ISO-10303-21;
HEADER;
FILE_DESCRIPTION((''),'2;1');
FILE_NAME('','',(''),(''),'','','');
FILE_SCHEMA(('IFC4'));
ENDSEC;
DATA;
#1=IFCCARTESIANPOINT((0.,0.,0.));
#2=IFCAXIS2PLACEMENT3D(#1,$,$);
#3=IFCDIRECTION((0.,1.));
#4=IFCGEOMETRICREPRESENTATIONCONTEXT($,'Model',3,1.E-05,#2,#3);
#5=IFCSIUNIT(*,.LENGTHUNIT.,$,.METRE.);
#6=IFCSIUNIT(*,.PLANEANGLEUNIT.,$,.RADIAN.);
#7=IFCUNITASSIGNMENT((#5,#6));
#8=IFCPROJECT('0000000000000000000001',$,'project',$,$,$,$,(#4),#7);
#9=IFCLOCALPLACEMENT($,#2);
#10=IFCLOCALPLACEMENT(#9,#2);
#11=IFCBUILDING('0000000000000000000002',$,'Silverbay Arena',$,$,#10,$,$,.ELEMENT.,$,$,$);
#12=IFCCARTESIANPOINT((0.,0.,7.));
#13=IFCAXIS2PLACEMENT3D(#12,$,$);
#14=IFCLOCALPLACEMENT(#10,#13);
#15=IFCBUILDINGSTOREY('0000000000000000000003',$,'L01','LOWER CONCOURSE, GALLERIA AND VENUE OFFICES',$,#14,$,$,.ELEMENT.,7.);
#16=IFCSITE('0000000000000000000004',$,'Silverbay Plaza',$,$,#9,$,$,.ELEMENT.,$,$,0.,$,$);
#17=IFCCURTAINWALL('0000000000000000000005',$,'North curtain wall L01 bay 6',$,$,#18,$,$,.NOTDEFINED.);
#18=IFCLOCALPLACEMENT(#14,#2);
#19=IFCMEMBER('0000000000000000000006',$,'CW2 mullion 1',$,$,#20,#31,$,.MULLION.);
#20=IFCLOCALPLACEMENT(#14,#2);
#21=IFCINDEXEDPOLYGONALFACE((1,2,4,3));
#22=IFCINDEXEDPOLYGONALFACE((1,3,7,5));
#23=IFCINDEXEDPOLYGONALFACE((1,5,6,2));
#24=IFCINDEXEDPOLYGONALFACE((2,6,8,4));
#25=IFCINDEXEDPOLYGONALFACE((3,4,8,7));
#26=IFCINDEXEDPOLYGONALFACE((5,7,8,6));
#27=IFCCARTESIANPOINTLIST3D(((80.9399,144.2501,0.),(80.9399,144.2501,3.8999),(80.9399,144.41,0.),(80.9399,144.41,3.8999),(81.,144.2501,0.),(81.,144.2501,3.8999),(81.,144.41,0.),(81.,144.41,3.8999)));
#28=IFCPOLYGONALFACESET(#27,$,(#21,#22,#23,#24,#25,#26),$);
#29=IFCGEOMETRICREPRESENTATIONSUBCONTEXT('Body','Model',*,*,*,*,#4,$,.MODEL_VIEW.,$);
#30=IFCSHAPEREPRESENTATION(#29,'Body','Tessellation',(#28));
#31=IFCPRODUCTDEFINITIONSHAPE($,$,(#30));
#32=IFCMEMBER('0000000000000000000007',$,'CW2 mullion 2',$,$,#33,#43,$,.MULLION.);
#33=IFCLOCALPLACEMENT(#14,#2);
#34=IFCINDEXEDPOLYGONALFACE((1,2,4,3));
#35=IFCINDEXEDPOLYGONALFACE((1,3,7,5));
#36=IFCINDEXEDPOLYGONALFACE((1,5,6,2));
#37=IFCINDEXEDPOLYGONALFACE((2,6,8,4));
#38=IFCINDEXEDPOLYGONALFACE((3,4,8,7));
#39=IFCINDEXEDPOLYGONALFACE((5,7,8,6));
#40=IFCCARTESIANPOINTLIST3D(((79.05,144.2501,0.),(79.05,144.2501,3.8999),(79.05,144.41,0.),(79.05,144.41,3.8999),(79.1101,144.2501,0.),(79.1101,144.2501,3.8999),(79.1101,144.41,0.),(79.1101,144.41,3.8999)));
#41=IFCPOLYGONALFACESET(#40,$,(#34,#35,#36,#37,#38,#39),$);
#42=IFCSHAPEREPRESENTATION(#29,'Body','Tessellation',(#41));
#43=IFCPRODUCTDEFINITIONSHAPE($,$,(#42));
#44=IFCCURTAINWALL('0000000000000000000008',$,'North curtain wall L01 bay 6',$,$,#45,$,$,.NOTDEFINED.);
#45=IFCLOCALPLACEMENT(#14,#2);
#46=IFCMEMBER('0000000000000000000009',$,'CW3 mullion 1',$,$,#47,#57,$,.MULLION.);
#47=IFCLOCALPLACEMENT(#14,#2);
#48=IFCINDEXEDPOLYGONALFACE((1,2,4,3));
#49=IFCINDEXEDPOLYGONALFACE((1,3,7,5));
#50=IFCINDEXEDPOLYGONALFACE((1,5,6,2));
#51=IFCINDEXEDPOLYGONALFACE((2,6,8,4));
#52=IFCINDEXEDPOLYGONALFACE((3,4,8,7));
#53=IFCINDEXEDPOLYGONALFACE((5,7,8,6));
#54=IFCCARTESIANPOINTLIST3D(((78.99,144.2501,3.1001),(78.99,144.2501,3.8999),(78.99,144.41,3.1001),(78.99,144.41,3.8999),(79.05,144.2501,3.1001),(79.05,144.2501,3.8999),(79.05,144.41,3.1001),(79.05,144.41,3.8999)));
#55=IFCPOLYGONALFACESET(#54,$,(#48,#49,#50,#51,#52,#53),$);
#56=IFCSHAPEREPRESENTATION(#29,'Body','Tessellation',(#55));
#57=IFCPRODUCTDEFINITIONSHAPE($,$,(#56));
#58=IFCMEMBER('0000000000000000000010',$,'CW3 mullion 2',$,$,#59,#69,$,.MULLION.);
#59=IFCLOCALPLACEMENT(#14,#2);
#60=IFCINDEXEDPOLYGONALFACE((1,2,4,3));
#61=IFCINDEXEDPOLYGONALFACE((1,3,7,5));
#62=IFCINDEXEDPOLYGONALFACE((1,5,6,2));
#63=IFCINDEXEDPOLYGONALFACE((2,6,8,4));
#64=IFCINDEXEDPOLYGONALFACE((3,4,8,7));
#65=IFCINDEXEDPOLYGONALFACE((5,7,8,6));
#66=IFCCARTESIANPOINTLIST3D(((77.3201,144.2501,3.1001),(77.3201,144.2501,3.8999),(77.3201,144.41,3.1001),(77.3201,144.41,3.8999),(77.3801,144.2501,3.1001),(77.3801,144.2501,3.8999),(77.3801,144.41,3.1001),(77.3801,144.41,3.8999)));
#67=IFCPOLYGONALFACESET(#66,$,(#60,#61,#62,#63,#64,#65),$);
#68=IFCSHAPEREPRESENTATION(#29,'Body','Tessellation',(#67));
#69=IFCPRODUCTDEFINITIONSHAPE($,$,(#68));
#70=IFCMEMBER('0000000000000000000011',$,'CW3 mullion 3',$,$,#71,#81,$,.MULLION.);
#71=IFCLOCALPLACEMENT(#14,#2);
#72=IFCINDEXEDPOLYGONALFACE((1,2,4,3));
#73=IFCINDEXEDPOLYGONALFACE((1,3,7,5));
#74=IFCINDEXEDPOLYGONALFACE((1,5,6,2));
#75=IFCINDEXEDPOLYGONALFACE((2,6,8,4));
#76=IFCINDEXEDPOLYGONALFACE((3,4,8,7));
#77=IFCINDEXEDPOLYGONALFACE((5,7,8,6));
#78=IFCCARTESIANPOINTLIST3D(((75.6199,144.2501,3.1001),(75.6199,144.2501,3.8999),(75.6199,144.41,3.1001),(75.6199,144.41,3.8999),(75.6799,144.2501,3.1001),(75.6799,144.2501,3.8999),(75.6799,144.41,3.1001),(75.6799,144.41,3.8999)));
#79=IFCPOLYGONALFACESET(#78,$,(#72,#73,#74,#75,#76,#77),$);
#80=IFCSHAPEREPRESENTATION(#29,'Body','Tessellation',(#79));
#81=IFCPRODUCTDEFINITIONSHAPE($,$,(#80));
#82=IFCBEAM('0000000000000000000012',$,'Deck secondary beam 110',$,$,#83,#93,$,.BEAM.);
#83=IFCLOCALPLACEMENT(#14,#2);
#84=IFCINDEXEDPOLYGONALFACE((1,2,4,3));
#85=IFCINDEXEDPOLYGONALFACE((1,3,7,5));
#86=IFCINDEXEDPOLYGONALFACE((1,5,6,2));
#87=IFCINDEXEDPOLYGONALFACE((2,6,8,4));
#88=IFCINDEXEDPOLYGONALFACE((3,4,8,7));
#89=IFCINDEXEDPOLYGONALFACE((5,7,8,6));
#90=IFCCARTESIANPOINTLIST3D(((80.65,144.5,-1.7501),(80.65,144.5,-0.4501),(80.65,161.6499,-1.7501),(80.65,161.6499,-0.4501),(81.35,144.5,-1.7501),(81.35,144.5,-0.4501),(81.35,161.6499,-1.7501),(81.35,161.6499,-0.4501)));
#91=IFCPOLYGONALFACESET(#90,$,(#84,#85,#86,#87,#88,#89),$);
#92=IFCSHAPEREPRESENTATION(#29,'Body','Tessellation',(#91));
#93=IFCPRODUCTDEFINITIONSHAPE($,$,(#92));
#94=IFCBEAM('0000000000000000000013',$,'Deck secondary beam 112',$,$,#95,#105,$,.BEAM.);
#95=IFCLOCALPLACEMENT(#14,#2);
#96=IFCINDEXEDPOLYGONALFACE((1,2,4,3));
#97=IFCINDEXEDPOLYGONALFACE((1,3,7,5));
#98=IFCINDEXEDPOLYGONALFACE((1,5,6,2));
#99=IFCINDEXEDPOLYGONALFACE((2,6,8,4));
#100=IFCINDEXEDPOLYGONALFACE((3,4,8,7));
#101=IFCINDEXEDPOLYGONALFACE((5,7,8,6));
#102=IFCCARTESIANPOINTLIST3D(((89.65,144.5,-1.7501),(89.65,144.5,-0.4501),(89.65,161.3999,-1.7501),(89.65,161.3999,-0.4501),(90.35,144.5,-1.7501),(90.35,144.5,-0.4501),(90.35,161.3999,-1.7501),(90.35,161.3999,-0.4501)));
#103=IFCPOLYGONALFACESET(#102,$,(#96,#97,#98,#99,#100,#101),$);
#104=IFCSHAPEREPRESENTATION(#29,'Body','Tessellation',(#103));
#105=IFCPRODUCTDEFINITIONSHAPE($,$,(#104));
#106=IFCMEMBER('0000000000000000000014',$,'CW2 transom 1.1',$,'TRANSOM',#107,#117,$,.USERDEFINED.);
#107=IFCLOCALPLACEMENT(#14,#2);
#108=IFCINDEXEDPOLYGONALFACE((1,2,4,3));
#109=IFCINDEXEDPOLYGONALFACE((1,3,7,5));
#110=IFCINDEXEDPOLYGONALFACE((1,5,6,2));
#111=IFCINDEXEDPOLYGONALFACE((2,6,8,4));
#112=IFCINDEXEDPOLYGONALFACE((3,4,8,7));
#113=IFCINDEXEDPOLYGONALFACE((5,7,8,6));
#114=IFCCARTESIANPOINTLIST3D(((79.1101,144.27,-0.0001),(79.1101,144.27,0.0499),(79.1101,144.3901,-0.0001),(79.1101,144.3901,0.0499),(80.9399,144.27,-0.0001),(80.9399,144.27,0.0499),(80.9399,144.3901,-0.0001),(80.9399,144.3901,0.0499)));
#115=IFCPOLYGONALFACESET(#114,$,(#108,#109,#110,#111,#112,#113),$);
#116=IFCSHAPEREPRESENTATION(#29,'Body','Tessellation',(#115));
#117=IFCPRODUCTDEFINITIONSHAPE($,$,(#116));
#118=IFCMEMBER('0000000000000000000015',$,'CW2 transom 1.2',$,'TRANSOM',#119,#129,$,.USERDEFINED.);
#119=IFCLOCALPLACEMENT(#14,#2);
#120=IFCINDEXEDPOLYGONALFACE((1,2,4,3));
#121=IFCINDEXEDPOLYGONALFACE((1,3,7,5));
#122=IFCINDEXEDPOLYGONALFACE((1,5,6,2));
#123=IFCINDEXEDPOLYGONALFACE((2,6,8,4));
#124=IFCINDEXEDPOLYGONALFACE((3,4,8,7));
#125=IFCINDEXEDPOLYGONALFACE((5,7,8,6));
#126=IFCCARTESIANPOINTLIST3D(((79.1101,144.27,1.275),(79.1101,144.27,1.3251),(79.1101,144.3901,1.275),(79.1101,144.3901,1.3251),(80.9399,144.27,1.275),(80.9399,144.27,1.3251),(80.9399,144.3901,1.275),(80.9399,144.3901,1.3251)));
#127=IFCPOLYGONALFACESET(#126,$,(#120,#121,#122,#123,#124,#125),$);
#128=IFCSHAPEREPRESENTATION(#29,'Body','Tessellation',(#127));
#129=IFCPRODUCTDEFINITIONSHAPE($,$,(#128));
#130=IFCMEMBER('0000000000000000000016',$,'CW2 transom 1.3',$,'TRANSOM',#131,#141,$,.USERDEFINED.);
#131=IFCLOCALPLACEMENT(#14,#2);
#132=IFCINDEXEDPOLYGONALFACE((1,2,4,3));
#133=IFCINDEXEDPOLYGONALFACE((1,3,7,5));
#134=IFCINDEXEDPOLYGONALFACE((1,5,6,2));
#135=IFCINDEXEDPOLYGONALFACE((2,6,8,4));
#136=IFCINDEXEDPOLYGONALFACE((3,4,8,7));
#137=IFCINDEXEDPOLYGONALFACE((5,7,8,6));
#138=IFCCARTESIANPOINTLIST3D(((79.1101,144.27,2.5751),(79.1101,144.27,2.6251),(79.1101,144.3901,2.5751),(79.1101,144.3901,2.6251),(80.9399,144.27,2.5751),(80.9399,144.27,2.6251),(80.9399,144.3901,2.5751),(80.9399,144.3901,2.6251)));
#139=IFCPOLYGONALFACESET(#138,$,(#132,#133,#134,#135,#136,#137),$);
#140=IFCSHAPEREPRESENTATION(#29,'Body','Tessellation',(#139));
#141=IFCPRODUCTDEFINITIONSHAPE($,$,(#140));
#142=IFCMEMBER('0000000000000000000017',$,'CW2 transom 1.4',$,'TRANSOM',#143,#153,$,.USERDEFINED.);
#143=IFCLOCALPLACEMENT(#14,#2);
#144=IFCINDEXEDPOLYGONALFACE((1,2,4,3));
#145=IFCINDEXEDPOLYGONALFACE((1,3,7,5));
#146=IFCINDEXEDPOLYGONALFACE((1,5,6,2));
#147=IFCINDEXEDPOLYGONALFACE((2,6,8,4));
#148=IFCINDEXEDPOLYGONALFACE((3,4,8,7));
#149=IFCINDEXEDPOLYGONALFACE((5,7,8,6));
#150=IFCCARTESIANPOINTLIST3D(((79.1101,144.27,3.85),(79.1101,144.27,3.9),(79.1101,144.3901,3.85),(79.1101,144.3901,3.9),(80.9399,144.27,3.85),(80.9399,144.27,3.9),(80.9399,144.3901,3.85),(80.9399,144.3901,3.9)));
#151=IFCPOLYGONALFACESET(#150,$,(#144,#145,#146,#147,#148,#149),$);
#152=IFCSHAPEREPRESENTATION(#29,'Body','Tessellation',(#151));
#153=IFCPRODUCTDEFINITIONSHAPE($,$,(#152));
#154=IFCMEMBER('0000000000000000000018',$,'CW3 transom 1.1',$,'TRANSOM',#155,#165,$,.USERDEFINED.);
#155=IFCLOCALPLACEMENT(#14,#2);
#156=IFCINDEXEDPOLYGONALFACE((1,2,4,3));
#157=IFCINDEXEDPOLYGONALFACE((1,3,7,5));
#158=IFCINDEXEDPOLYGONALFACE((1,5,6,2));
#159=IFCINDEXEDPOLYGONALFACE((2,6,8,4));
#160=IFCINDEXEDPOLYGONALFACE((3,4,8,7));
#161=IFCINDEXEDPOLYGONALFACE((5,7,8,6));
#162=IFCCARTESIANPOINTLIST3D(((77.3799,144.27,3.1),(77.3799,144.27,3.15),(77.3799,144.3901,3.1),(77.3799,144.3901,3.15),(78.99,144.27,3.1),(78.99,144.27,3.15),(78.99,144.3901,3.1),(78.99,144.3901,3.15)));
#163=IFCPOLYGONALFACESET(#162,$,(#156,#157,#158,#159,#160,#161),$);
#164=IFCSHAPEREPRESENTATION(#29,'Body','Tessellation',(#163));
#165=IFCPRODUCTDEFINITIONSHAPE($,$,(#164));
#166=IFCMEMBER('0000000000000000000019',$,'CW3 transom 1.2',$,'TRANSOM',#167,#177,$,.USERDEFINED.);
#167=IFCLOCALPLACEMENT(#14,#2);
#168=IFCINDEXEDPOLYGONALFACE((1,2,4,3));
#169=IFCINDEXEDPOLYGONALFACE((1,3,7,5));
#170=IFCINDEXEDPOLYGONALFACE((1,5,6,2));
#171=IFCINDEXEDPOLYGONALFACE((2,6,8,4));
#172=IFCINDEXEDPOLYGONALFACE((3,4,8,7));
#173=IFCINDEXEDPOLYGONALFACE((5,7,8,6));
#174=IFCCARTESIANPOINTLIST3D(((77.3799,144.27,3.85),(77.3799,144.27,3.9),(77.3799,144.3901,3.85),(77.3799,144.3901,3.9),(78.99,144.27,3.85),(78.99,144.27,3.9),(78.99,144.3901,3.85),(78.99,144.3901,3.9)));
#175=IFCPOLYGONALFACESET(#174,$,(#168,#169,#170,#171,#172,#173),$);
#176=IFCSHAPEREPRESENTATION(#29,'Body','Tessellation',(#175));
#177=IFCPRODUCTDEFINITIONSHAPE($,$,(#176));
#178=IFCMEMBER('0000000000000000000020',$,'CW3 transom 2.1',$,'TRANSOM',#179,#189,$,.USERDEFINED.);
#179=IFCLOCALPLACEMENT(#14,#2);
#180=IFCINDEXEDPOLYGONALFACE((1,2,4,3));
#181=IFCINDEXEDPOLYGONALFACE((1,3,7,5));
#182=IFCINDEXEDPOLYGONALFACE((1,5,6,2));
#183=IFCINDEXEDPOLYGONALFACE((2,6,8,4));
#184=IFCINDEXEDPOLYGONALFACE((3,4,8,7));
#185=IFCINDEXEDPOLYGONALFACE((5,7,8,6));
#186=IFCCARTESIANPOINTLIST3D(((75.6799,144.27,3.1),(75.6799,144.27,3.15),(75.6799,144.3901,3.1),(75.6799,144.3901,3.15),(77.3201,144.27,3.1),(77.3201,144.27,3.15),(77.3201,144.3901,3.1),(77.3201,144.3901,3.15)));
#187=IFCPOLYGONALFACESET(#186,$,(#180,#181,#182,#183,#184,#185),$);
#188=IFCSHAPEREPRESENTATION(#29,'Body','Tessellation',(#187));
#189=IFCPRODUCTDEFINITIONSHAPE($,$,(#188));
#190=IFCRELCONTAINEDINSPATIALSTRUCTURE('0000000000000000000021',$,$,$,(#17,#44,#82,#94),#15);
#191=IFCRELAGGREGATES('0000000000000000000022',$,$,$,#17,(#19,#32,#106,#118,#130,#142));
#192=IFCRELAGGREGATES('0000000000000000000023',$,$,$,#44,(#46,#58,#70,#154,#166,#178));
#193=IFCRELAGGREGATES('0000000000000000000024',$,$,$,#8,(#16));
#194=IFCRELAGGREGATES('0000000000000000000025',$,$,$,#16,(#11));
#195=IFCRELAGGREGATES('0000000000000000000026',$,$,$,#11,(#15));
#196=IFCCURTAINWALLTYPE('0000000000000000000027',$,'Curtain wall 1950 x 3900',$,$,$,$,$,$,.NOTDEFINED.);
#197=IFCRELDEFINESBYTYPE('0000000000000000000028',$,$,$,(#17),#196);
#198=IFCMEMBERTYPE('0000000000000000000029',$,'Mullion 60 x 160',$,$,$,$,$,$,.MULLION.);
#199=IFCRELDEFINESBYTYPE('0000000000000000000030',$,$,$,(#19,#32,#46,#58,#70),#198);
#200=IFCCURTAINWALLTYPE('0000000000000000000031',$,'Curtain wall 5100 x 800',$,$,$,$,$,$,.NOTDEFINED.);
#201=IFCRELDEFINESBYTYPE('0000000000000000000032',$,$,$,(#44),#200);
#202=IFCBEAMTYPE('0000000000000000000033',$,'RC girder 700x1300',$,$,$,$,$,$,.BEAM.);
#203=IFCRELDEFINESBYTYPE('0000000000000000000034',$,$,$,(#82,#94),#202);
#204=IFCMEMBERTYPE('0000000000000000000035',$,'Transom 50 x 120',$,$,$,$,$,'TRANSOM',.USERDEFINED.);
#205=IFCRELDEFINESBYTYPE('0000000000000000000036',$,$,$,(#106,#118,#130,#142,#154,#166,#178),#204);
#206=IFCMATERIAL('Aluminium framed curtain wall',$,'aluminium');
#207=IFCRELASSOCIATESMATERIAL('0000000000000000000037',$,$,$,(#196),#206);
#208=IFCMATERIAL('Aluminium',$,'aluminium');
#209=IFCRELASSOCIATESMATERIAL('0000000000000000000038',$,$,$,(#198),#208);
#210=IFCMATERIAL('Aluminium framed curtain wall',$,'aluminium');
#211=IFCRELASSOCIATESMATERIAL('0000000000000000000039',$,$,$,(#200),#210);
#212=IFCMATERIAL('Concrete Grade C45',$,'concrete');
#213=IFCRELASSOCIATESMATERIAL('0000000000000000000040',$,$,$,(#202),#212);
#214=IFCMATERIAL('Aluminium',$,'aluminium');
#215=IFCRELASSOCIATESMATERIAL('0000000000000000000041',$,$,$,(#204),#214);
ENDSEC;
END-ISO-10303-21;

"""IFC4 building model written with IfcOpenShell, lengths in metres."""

from ifc_helpers import new_model, si_unit, direction, frame, origin, origin_2d, place, context, subcontext, project, spatial, rectangle, extrude, material, material_profile, profile_set, type_object, element, aggregate, save


model = new_model("IFC4")

# Units and contexts
model_context = context("Model", 3, precision=1e-05, world=origin(), true_north=direction((0.0, 1.0)))
body_context = subcontext(model_context, "Body", "Model", "MODEL_VIEW")
ifc_project = project(units=[si_unit("LENGTHUNIT", "METRE"), si_unit("PLANEANGLEUNIT", "RADIAN")], contexts=[model_context])

# Site, building, storey
site_placement = place(None, origin())
site = spatial("IfcSite", under=ifc_project, at=site_placement, Name="Silverbay Plaza", CompositionType="ELEMENT", RefElevation=0.0)
building_placement = place(site_placement, origin())
building = spatial("IfcBuilding", under=site, at=building_placement, Name="Silverbay Arena", CompositionType="ELEMENT")
storey_placement = place(building_placement, frame((0.0, 0.0, 7.0)))
storey = spatial("IfcBuildingStorey", under=building, at=storey_placement, Name="L01", Description="LOWER CONCOURSE, GALLERIA AND VENUE OFFICES", CompositionType="ELEMENT", Elevation=7.0)

# Curtain walls, members
ifc_material_1 = material(Name="Aluminium framed curtain wall", Category="aluminium")
curtain_wall_type_1 = type_object("IfcCurtainWallType", Name="Curtain wall 1950 x 3900", PredefinedType="NOTDEFINED", material=ifc_material_1)
curtain_wall_1_placement = place(storey_placement, origin())
curtain_wall_1 = element("IfcCurtainWall", 1, at=curtain_wall_1_placement, inside=storey, type_object=curtain_wall_type_1, Name="North curtain wall L01 bay 6", PredefinedType="NOTDEFINED")
ifc_material_2 = material(Name="Aluminium", Category="aluminium")
ifc_material_profile_1 = material_profile(ifc_material_2, rectangle(XDim=0.1599, YDim=0.0601, at=origin_2d()), Name="Mullion 60 x 160")
ifc_profile_set_1 = profile_set([ifc_material_profile_1], Name="Aluminium")
member_type_1 = type_object("IfcMemberType", Name="Mullion 60 x 160", PredefinedType="MULLION", material=ifc_profile_set_1)
member_1_placement = place(storey_placement, frame((80.97, 144.3301, 0.0), z_axis=(0.0, 0.0, 1.0), x_axis=(0.0, -1.0, 0.0)))
member_1 = element("IfcMember", 2, at=member_1_placement, type_object=member_type_1, Name="CW2 mullion 1", PredefinedType="MULLION", context=body_context, shape_type="SweptSolid", body=[
    extrude(rectangle(XDim=0.1599, YDim=0.0601, at=origin_2d()), origin(), (0.0, 0.0, 1.0), 3.8999),
])
member_2_placement = place(storey_placement, frame((79.0801, 144.3301, 0.0), z_axis=(0.0, 0.0, 1.0), x_axis=(0.0, -1.0, 0.0)))
member_2 = element("IfcMember", 3, at=member_2_placement, type_object=member_type_1, Name="CW2 mullion 2", PredefinedType="MULLION", context=body_context, shape_type="SweptSolid", body=[
    extrude(rectangle(XDim=0.1599, YDim=0.0601, at=origin_2d()), origin(), (0.0, 0.0, 1.0), 3.8999),
])
ifc_material_3 = material(Name="Aluminium framed curtain wall", Category="aluminium")
curtain_wall_type_2 = type_object("IfcCurtainWallType", Name="Curtain wall 5100 x 800", PredefinedType="NOTDEFINED", material=ifc_material_3)
curtain_wall_2_placement = place(storey_placement, origin())
curtain_wall_2 = element("IfcCurtainWall", 4, at=curtain_wall_2_placement, inside=storey, type_object=curtain_wall_type_2, Name="North curtain wall L01 bay 6", PredefinedType="NOTDEFINED")
member_3_placement = place(storey_placement, frame((79.02, 144.3301, 3.1001), z_axis=(0.0, 0.0, 1.0), x_axis=(0.0, -1.0, 0.0)))
member_3 = element("IfcMember", 5, at=member_3_placement, type_object=member_type_1, Name="CW3 mullion 1", PredefinedType="MULLION", context=body_context, shape_type="SweptSolid", body=[
    extrude(rectangle(XDim=0.1599, YDim=0.0601, at=origin_2d()), origin(), (0.0, 0.0, 1.0), 0.7998),
])
member_4_placement = place(storey_placement, frame((77.3501, 144.3301, 3.1001), z_axis=(0.0, 0.0, 1.0), x_axis=(0.0, -1.0, 0.0)))
member_4 = element("IfcMember", 6, at=member_4_placement, type_object=member_type_1, Name="CW3 mullion 2", PredefinedType="MULLION", context=body_context, shape_type="SweptSolid", body=[
    extrude(rectangle(XDim=0.1599, YDim=0.0601, at=origin_2d()), origin(), (0.0, 0.0, 1.0), 0.7998),
])
member_5_placement = place(storey_placement, frame((75.6499, 144.3301, 3.1001), z_axis=(0.0, 0.0, 1.0), x_axis=(0.0, -1.0, 0.0)))
member_5 = element("IfcMember", 7, at=member_5_placement, type_object=member_type_1, Name="CW3 mullion 3", PredefinedType="MULLION", context=body_context, shape_type="SweptSolid", body=[
    extrude(rectangle(XDim=0.1599, YDim=0.0601, at=origin_2d()), origin(), (0.0, 0.0, 1.0), 0.7998),
])

# Beams
ifc_material_4 = material(Name="Concrete Grade C45", Category="concrete")
ifc_material_profile_2 = material_profile(ifc_material_4, rectangle(XDim=0.7, YDim=1.3, at=origin_2d()), Name="RC 700x1300")
ifc_profile_set_2 = profile_set([ifc_material_profile_2], Name="Concrete Grade C45")
beam_type = type_object("IfcBeamType", Name="RC girder 700x1300", PredefinedType="BEAM", material=ifc_profile_set_2)
beam_1_placement = place(storey_placement, frame((81.0, 144.5, -1.1001), z_axis=(0.0, 1.0, 0.0), x_axis=(-1.0, 0.0, 0.0)))
element("IfcBeam", 8, at=beam_1_placement, inside=storey, type_object=beam_type, Name="Deck secondary beam 110", PredefinedType="BEAM", context=body_context, shape_type="SweptSolid", body=[
    extrude(rectangle(XDim=0.7, YDim=1.3, at=origin_2d()), origin(), (0.0, 0.0, 1.0), 17.1499),
])
beam_2_placement = place(storey_placement, frame((90.0, 144.5, -1.1001), z_axis=(0.0, 1.0, 0.0), x_axis=(-1.0, 0.0, 0.0)))
element("IfcBeam", 9, at=beam_2_placement, inside=storey, type_object=beam_type, Name="Deck secondary beam 112", PredefinedType="BEAM", context=body_context, shape_type="SweptSolid", body=[
    extrude(rectangle(XDim=0.7, YDim=1.3, at=origin_2d()), origin(), (0.0, 0.0, 1.0), 16.8999),
])

# Members
ifc_material_5 = material(Name="Aluminium", Category="aluminium")
ifc_material_profile_3 = material_profile(ifc_material_5, rectangle(XDim=0.1201, YDim=0.05, at=origin_2d()), Name="Transom 50 x 120")
ifc_profile_set_3 = profile_set([ifc_material_profile_3], Name="Aluminium")
member_type_2 = type_object("IfcMemberType", Name="Transom 50 x 120", ElementType="TRANSOM", PredefinedType="USERDEFINED", material=ifc_profile_set_3)
member_6_placement = place(storey_placement, frame((80.9399, 144.3301, 0.0249), z_axis=(-1.0, 0.0, 0.0), x_axis=(0.0, -1.0, 0.0)))
member_6 = element("IfcMember", 10, at=member_6_placement, type_object=member_type_2, Name="CW2 transom 1.1", ObjectType="TRANSOM", PredefinedType="USERDEFINED", context=body_context, shape_type="SweptSolid", body=[
    extrude(rectangle(XDim=0.1201, YDim=0.05, at=origin_2d()), origin(), (0.0, 0.0, 1.0), 1.8298),
])
member_7_placement = place(storey_placement, frame((80.9399, 144.3301, 1.3), z_axis=(-1.0, 0.0, 0.0), x_axis=(0.0, -1.0, 0.0)))
member_7 = element("IfcMember", 11, at=member_7_placement, type_object=member_type_2, Name="CW2 transom 1.2", ObjectType="TRANSOM", PredefinedType="USERDEFINED", context=body_context, shape_type="SweptSolid", body=[
    extrude(rectangle(XDim=0.1201, YDim=0.05, at=origin_2d()), origin(), (0.0, 0.0, 1.0), 1.8298),
])
member_8_placement = place(storey_placement, frame((80.9399, 144.3301, 2.6001), z_axis=(-1.0, 0.0, 0.0), x_axis=(0.0, -1.0, 0.0)))
member_8 = element("IfcMember", 12, at=member_8_placement, type_object=member_type_2, Name="CW2 transom 1.3", ObjectType="TRANSOM", PredefinedType="USERDEFINED", context=body_context, shape_type="SweptSolid", body=[
    extrude(rectangle(XDim=0.1201, YDim=0.05, at=origin_2d()), origin(), (0.0, 0.0, 1.0), 1.8298),
])
member_9_placement = place(storey_placement, frame((80.9399, 144.3301, 3.875), z_axis=(-1.0, 0.0, 0.0), x_axis=(0.0, -1.0, 0.0)))
member_9 = element("IfcMember", 13, at=member_9_placement, type_object=member_type_2, Name="CW2 transom 1.4", ObjectType="TRANSOM", PredefinedType="USERDEFINED", context=body_context, shape_type="SweptSolid", body=[
    extrude(rectangle(XDim=0.1201, YDim=0.05, at=origin_2d()), origin(), (0.0, 0.0, 1.0), 1.8298),
])
member_10_placement = place(storey_placement, frame((78.99, 144.3301, 3.125), z_axis=(-1.0, 0.0, 0.0), x_axis=(0.0, -1.0, 0.0)))
member_10 = element("IfcMember", 14, at=member_10_placement, type_object=member_type_2, Name="CW3 transom 1.1", ObjectType="TRANSOM", PredefinedType="USERDEFINED", context=body_context, shape_type="SweptSolid", body=[
    extrude(rectangle(XDim=0.1201, YDim=0.05, at=origin_2d()), origin(), (0.0, 0.0, 1.0), 1.6101),
])
member_11_placement = place(storey_placement, frame((78.99, 144.3301, 3.875), z_axis=(-1.0, 0.0, 0.0), x_axis=(0.0, -1.0, 0.0)))
member_11 = element("IfcMember", 15, at=member_11_placement, type_object=member_type_2, Name="CW3 transom 1.2", ObjectType="TRANSOM", PredefinedType="USERDEFINED", context=body_context, shape_type="SweptSolid", body=[
    extrude(rectangle(XDim=0.1201, YDim=0.05, at=origin_2d()), origin(), (0.0, 0.0, 1.0), 1.6101),
])
member_12_placement = place(storey_placement, frame((77.3201, 144.3301, 3.125), z_axis=(-1.0, 0.0, 0.0), x_axis=(0.0, -1.0, 0.0)))
member_12 = element("IfcMember", 16, at=member_12_placement, type_object=member_type_2, Name="CW3 transom 2.1", ObjectType="TRANSOM", PredefinedType="USERDEFINED", context=body_context, shape_type="SweptSolid", body=[
    extrude(rectangle(XDim=0.1201, YDim=0.05, at=origin_2d()), origin(), (0.0, 0.0, 1.0), 1.6401),
])

aggregate(curtain_wall_1, [member_1, member_2, member_6, member_7, member_8, member_9])
aggregate(curtain_wall_2, [member_3, member_4, member_5, member_10, member_11, member_12])

save(model, "model.ifc")
